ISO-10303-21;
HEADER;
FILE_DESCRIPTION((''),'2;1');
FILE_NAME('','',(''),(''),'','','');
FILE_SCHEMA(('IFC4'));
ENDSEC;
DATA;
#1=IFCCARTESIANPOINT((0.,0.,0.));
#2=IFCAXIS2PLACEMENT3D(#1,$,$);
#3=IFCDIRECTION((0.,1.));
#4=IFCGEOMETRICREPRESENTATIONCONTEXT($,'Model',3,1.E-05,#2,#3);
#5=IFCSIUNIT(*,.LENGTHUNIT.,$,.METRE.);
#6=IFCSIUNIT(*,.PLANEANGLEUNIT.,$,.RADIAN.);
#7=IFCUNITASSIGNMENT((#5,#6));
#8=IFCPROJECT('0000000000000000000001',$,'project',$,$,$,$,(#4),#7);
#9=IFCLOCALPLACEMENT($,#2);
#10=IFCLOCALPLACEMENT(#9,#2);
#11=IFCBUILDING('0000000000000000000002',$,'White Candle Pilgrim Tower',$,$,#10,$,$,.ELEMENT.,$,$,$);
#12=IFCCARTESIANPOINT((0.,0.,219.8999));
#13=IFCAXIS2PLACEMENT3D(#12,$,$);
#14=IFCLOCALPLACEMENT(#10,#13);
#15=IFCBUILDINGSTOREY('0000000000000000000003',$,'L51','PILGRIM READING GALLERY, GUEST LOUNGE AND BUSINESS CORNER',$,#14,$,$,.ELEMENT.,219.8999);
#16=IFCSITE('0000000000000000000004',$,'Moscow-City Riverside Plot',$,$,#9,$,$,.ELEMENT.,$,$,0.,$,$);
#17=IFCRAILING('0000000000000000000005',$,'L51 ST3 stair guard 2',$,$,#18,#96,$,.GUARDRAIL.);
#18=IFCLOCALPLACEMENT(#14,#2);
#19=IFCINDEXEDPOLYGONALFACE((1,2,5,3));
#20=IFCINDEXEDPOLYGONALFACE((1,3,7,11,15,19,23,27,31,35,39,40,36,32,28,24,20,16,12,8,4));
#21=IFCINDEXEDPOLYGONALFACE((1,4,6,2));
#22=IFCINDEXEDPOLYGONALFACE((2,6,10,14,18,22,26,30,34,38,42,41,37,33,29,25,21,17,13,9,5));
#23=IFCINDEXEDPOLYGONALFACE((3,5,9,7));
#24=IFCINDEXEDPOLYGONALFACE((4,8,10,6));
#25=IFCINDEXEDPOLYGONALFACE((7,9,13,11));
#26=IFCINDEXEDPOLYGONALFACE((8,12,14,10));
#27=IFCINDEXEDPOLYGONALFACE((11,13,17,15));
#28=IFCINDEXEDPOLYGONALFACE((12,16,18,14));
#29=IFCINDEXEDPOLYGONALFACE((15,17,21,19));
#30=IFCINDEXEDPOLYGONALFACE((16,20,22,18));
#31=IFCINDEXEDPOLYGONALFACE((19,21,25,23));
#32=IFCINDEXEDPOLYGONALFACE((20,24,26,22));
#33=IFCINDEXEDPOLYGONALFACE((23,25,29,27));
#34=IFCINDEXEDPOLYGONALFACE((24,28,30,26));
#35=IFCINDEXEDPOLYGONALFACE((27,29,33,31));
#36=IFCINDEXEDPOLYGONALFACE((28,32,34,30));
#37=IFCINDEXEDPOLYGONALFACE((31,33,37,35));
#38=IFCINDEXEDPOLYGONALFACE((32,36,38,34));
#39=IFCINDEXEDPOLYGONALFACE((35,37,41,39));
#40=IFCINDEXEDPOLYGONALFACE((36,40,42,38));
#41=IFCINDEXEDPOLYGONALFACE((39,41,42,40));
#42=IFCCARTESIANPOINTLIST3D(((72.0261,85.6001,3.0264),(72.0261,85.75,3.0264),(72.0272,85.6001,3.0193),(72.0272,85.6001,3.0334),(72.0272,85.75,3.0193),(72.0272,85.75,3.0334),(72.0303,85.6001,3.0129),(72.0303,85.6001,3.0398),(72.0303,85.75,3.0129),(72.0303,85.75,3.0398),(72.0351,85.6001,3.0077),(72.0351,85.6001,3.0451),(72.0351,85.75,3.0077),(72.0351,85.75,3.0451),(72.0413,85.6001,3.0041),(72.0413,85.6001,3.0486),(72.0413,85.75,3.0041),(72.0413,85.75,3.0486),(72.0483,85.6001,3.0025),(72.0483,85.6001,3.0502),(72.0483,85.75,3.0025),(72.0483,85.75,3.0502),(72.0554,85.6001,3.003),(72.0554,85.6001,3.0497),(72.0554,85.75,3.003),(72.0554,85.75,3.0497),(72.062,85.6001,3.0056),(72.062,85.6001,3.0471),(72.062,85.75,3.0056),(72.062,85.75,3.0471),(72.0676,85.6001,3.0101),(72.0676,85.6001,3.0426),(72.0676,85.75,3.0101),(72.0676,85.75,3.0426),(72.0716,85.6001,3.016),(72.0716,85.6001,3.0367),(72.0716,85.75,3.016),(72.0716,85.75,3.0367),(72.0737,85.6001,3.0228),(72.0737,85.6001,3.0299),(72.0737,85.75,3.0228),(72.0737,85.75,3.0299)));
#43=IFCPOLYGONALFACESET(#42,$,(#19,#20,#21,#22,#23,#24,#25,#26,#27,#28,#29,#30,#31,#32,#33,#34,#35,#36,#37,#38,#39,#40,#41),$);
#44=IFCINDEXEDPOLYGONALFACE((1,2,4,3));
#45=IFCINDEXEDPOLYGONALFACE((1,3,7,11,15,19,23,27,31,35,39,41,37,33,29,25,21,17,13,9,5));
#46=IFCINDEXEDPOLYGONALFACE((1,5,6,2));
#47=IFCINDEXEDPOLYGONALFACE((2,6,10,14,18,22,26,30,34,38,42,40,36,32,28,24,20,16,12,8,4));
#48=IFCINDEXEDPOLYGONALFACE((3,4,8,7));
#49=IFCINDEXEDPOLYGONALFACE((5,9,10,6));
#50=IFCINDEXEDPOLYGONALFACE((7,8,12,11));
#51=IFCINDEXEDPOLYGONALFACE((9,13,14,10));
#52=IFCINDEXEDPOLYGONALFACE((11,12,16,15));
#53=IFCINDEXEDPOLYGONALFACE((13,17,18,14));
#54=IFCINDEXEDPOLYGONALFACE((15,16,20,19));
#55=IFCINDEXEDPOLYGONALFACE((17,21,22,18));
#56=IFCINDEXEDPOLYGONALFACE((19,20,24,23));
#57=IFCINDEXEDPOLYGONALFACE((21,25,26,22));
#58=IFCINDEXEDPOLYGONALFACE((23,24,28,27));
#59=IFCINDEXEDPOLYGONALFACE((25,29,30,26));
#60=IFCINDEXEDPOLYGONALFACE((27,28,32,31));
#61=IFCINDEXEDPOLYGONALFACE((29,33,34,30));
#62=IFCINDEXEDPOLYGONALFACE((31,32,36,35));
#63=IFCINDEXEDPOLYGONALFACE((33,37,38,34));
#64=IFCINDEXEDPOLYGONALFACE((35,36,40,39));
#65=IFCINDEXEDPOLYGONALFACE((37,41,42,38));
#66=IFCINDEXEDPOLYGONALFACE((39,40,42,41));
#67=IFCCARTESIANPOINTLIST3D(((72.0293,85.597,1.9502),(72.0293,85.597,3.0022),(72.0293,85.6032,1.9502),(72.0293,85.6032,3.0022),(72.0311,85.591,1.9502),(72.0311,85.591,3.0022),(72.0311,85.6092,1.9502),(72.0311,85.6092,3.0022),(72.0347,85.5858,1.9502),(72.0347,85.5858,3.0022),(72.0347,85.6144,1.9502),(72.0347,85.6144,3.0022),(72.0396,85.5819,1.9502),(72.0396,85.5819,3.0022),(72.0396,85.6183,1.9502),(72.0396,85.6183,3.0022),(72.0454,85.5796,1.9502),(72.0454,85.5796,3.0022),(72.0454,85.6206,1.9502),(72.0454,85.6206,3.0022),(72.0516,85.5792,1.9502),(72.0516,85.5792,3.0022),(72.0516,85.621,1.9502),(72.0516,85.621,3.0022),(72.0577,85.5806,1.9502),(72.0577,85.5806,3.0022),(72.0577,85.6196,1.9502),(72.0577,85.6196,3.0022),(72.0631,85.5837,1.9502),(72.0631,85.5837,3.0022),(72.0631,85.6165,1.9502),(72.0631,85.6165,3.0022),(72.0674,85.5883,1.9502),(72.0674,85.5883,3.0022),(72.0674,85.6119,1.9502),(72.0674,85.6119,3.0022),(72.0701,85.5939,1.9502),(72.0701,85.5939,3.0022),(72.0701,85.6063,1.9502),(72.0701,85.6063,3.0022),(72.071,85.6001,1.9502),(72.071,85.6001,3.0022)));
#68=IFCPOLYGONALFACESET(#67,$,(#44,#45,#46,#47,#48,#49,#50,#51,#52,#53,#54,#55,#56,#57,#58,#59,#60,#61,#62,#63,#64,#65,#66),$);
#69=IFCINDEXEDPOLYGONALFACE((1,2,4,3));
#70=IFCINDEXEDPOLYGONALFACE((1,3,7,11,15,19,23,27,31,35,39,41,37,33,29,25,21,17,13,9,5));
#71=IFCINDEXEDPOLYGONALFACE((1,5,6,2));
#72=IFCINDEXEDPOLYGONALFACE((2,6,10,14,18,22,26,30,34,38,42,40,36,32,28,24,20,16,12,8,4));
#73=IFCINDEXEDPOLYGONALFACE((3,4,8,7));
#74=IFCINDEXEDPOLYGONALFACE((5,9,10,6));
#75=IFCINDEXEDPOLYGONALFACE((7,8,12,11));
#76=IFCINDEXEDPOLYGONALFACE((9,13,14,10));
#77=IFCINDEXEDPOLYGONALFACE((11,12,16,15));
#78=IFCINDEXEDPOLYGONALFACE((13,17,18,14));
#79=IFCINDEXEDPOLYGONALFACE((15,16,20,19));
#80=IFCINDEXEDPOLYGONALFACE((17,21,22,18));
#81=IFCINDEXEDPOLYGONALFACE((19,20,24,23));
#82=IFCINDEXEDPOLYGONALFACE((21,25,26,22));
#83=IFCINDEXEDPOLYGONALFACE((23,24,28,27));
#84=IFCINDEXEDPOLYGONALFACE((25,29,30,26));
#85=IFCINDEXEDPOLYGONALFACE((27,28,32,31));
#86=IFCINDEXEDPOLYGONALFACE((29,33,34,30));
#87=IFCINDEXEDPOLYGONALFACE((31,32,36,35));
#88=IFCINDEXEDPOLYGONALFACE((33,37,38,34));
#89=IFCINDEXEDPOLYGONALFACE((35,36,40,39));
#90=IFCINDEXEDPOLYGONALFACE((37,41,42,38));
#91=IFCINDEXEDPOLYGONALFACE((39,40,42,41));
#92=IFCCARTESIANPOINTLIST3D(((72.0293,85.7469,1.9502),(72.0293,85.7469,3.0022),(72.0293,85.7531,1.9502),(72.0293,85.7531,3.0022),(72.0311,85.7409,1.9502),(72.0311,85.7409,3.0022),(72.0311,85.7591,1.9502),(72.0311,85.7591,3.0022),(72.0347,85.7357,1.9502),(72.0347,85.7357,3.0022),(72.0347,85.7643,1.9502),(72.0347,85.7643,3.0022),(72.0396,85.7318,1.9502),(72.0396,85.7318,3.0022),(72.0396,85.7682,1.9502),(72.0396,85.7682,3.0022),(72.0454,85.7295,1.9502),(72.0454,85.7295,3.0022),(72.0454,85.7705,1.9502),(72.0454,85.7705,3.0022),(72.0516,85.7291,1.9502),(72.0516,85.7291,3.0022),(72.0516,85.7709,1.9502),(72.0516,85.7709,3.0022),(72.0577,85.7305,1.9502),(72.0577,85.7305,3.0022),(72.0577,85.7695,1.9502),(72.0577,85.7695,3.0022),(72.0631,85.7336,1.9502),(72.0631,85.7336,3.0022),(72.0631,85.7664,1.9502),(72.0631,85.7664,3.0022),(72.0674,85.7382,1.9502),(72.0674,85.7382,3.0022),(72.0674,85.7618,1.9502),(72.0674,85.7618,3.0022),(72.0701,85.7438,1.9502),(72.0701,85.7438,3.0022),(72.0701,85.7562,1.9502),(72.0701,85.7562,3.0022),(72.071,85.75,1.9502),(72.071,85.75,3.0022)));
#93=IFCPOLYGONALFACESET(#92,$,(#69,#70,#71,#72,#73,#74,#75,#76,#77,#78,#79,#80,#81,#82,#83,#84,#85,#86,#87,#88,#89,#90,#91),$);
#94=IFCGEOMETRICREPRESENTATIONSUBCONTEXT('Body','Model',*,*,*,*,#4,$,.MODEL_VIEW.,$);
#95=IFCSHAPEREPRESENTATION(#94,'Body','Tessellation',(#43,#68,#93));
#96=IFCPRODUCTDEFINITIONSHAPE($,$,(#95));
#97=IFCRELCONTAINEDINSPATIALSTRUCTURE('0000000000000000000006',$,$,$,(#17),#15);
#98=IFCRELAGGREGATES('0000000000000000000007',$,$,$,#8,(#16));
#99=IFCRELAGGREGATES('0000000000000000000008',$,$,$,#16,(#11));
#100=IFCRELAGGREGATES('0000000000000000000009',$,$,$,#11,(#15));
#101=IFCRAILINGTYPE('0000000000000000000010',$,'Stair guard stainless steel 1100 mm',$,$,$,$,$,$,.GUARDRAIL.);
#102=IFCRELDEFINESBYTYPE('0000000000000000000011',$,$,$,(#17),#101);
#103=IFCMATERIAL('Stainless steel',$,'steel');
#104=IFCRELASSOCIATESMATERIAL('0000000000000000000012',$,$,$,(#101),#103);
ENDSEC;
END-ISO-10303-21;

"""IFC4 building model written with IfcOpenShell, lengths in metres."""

from ifc_helpers import new_model, si_unit, direction, frame, origin, origin_2d, place, context, subcontext, project, spatial, circle, extrude, material, type_object, element, save


model = new_model("IFC4")

# Units and contexts
model_context = context("Model", 3, precision=1e-05, world=origin(), true_north=direction((0.0, 1.0)))
body_context = subcontext(model_context, "Body", "Model", "MODEL_VIEW")
ifc_project = project(units=[si_unit("LENGTHUNIT", "METRE"), si_unit("PLANEANGLEUNIT", "RADIAN")], contexts=[model_context])

# Site, building, storey
site_placement = place(None, origin())
site = spatial("IfcSite", under=ifc_project, at=site_placement, Name="Moscow-City Riverside Plot", CompositionType="ELEMENT", RefElevation=0.0)
building_placement = place(site_placement, origin())
building = spatial("IfcBuilding", under=site, at=building_placement, Name="White Candle Pilgrim Tower", CompositionType="ELEMENT")
storey_placement = place(building_placement, frame((0.0, 0.0, 219.8999)))
storey = spatial("IfcBuildingStorey", under=building, at=storey_placement, Name="L51", Description="PILGRIM READING GALLERY, GUEST LOUNGE AND BUSINESS CORNER", CompositionType="ELEMENT", Elevation=219.8999)

# Railing
ifc_material_1 = material(Name="Stainless steel", Category="steel")
railing_type_1 = type_object("IfcRailingType", Name="Stair guard stainless steel 1100 mm", PredefinedType="GUARDRAIL", material=ifc_material_1)
railing_1_placement = place(storey_placement, frame((72.05, 85.6001, 1.9502)))
element("IfcRailing", 1, at=railing_1_placement, inside=storey, type_object=railing_type_1, Name="L51 ST3 stair guard 2", PredefinedType="GUARDRAIL", context=body_context, shape_type="SweptSolid", body=[
    extrude(circle(Radius=0.0239, at=origin_2d()), frame((0.0, 0.0, 1.0762), z_axis=(0.0, 1.0, 0.0), x_axis=(-1.0, 0.0, 0.0)), (0.0, 0.0, 1.0), 0.1499),
    extrude(circle(Radius=0.021, at=origin_2d()), origin(), (0.0, 0.0, 1.0), 1.052),
    extrude(circle(Radius=0.021, at=origin_2d()), frame((0.0, 0.1499, 0.0)), (0.0, 0.0, 1.0), 1.052),
])

save(model, "model.ifc")
